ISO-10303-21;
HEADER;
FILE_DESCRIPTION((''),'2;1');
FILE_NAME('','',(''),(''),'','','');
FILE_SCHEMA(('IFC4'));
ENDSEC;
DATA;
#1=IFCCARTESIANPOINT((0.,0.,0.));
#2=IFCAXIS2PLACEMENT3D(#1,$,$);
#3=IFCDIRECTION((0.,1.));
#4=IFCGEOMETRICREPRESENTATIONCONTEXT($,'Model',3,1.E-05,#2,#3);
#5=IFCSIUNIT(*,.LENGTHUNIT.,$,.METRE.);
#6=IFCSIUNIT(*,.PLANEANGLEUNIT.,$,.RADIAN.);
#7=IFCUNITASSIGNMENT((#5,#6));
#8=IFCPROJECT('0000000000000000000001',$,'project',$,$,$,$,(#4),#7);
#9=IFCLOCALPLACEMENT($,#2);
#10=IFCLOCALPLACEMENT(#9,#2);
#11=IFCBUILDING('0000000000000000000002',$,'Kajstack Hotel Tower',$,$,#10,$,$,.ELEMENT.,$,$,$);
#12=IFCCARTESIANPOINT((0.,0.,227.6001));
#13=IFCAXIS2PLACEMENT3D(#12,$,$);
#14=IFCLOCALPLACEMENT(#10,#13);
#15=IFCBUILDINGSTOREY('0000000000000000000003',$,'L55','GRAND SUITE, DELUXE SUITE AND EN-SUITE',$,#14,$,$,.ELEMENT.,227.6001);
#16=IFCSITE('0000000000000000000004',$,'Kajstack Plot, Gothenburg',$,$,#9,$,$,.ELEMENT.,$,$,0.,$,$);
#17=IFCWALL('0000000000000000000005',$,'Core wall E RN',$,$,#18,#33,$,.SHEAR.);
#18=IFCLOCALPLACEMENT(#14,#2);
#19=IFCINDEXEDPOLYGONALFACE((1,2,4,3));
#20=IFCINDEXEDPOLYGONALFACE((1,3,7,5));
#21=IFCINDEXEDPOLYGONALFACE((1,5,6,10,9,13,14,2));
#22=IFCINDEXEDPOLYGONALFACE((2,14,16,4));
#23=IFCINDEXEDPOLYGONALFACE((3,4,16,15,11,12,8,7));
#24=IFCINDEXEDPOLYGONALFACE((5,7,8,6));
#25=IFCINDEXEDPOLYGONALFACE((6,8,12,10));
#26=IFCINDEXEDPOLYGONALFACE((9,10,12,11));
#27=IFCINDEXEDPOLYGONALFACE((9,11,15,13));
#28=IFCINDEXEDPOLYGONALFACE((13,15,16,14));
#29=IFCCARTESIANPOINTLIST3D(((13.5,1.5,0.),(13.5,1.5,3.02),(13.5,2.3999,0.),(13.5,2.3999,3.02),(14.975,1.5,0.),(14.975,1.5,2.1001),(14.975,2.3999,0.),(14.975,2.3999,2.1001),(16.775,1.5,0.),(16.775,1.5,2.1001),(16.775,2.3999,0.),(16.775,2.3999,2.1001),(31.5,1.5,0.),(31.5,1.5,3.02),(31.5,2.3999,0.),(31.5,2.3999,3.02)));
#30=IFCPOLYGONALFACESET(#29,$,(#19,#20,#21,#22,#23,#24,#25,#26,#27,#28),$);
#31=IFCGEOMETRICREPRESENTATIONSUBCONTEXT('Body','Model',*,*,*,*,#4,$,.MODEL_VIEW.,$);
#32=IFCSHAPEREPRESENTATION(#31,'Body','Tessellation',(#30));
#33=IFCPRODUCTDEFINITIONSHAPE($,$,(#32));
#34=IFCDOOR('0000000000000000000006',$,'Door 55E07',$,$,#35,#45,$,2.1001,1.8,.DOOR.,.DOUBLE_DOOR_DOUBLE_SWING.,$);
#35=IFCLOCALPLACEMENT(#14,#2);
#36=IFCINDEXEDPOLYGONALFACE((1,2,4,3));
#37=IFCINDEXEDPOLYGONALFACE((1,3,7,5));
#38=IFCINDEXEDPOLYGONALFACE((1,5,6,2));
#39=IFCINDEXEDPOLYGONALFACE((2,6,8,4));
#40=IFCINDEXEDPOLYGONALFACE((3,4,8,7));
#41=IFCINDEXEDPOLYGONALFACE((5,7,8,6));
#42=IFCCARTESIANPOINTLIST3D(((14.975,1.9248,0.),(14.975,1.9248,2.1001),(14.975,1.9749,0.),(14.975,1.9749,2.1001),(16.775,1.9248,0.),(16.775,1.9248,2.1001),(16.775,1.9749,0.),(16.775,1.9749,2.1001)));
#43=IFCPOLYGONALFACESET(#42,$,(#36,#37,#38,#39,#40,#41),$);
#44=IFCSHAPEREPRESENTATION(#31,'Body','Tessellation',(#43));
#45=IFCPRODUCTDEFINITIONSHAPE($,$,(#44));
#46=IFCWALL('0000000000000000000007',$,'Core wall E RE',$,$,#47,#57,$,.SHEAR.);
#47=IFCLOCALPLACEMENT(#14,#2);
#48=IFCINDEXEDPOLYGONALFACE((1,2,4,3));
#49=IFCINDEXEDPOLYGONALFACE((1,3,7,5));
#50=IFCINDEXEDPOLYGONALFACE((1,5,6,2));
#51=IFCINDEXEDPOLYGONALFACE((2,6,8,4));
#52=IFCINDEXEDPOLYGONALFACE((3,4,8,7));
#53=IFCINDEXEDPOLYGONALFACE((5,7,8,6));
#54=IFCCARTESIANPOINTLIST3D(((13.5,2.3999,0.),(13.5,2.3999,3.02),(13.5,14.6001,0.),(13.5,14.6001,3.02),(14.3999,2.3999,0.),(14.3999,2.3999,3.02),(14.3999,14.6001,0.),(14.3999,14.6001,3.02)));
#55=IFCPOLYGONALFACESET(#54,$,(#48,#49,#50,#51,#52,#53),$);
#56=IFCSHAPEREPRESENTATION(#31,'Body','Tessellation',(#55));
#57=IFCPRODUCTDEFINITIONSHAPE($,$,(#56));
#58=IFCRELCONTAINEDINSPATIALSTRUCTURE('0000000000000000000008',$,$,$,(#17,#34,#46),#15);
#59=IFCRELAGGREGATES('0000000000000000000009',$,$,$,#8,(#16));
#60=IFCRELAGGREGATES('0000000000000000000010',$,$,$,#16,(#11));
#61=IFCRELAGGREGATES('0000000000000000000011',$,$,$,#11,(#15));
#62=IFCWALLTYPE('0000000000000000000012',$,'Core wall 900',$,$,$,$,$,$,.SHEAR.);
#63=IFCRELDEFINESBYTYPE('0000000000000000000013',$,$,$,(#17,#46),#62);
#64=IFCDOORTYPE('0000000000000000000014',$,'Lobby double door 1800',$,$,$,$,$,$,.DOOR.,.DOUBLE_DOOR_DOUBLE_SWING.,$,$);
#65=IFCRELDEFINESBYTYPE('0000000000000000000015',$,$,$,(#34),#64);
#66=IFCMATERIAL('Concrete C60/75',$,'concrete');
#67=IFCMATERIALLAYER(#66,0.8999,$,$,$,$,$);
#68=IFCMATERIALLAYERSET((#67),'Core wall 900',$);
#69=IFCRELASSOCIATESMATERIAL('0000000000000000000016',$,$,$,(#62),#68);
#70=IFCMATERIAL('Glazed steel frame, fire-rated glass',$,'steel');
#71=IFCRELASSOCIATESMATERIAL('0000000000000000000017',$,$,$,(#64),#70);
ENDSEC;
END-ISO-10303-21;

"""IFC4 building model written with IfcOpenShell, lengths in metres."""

from ifc_helpers import new_model, si_unit, direction, frame, frame_2d, origin, place, context, subcontext, project, spatial, rectangle, extrude, material, layer, layer_set, type_object, element, fill, save


model = new_model("IFC4")

# Units and contexts
model_context = context("Model", 3, precision=1e-05, world=origin(), true_north=direction((0.0, 1.0)))
body_context = subcontext(model_context, "Body", "Model", "MODEL_VIEW")
ifc_project = project(units=[si_unit("LENGTHUNIT", "METRE"), si_unit("PLANEANGLEUNIT", "RADIAN")], contexts=[model_context])

# Site, building, storey
site_placement = place(None, origin())
site = spatial("IfcSite", under=ifc_project, at=site_placement, Name="Kajstack Plot, Gothenburg", CompositionType="ELEMENT", RefElevation=0.0)
building_placement = place(site_placement, origin())
building = spatial("IfcBuilding", under=site, at=building_placement, Name="Kajstack Hotel Tower", CompositionType="ELEMENT")
storey_placement = place(building_placement, frame((0.0, 0.0, 227.6001)))
storey = spatial("IfcBuildingStorey", under=building, at=storey_placement, Name="L55", Description="GRAND SUITE, DELUXE SUITE AND EN-SUITE", CompositionType="ELEMENT", Elevation=227.6001)

# Wall, opening, door
ifc_material_1 = material(Name="Concrete C60/75", Category="concrete")
ifc_layer_1 = layer(ifc_material_1, 0.8999)
ifc_layer_set_1 = layer_set([ifc_layer_1], Name="Core wall 900")
wall_type_1 = type_object("IfcWallType", Name="Core wall 900", PredefinedType="SHEAR", material=ifc_layer_set_1)
wall_1_placement = place(storey_placement, frame((13.5, 1.95, 0.0), z_axis=(0.0, 0.0, 1.0), x_axis=(1.0, 0.0, 0.0)))
wall_1 = element("IfcWall", 1, at=wall_1_placement, inside=storey, type_object=wall_type_1, Name="Core wall E RN", PredefinedType="SHEAR", context=body_context, shape_type="SweptSolid", body=[
    extrude(rectangle(XDim=18.0, YDim=0.8999, at=frame_2d((9.0, 0.0))), origin(), (0.0, 0.0, 1.0), 3.02),
])
opening_1_placement = place(wall_1_placement, frame((1.4751, 0.0, 0.0)))
opening_1 = element("IfcOpeningElement", 2, at=opening_1_placement, cuts=wall_1, PredefinedType="OPENING", context=body_context, shape_type="SweptSolid", body=[
    extrude(rectangle(XDim=1.8, YDim=2.1001, at=frame_2d((0.8999, 1.05))), frame((0.0, 0.46, 0.0), z_axis=(0.0, -1.0, 0.0), x_axis=(1.0, 0.0, 0.0)), (0.0, 0.0, 1.0), 0.9199),
])
ifc_material_2 = material(Name="Glazed steel frame, fire-rated glass", Category="steel")
door_type_1 = type_object("IfcDoorType", Name="Lobby double door 1800", OperationType="DOUBLE_DOOR_DOUBLE_SWING", PredefinedType="DOOR", material=ifc_material_2)
door_1_placement = place(opening_1_placement, origin())
door_1 = element("IfcDoor", 3, at=door_1_placement, inside=storey, type_object=door_type_1, Name="Door 55E07", OperationType="DOUBLE_DOOR_DOUBLE_SWING", OverallHeight=2.1001, OverallWidth=1.8, PredefinedType="DOOR", context=body_context, shape_type="SweptSolid", body=[
    extrude(rectangle(XDim=1.8, YDim=2.1001, at=frame_2d((0.8999, 1.05))), frame((0.0, 0.0249, 0.0), z_axis=(0.0, -1.0, 0.0), x_axis=(1.0, 0.0, 0.0)), (0.0, 0.0, 1.0), 0.05),
])
fill(opening_1, door_1)

# Wall
wall_2_placement = place(storey_placement, frame((13.95, 2.3999, 0.0), z_axis=(0.0, 0.0, 1.0), x_axis=(0.0, 1.0, 0.0)))
element("IfcWall", 4, at=wall_2_placement, inside=storey, type_object=wall_type_1, Name="Core wall E RE", PredefinedType="SHEAR", context=body_context, shape_type="SweptSolid", body=[
    extrude(rectangle(XDim=12.2002, YDim=0.8999, at=frame_2d((6.1001, 0.0))), origin(), (0.0, 0.0, 1.0), 3.02),
])

save(model, "model.ifc")
